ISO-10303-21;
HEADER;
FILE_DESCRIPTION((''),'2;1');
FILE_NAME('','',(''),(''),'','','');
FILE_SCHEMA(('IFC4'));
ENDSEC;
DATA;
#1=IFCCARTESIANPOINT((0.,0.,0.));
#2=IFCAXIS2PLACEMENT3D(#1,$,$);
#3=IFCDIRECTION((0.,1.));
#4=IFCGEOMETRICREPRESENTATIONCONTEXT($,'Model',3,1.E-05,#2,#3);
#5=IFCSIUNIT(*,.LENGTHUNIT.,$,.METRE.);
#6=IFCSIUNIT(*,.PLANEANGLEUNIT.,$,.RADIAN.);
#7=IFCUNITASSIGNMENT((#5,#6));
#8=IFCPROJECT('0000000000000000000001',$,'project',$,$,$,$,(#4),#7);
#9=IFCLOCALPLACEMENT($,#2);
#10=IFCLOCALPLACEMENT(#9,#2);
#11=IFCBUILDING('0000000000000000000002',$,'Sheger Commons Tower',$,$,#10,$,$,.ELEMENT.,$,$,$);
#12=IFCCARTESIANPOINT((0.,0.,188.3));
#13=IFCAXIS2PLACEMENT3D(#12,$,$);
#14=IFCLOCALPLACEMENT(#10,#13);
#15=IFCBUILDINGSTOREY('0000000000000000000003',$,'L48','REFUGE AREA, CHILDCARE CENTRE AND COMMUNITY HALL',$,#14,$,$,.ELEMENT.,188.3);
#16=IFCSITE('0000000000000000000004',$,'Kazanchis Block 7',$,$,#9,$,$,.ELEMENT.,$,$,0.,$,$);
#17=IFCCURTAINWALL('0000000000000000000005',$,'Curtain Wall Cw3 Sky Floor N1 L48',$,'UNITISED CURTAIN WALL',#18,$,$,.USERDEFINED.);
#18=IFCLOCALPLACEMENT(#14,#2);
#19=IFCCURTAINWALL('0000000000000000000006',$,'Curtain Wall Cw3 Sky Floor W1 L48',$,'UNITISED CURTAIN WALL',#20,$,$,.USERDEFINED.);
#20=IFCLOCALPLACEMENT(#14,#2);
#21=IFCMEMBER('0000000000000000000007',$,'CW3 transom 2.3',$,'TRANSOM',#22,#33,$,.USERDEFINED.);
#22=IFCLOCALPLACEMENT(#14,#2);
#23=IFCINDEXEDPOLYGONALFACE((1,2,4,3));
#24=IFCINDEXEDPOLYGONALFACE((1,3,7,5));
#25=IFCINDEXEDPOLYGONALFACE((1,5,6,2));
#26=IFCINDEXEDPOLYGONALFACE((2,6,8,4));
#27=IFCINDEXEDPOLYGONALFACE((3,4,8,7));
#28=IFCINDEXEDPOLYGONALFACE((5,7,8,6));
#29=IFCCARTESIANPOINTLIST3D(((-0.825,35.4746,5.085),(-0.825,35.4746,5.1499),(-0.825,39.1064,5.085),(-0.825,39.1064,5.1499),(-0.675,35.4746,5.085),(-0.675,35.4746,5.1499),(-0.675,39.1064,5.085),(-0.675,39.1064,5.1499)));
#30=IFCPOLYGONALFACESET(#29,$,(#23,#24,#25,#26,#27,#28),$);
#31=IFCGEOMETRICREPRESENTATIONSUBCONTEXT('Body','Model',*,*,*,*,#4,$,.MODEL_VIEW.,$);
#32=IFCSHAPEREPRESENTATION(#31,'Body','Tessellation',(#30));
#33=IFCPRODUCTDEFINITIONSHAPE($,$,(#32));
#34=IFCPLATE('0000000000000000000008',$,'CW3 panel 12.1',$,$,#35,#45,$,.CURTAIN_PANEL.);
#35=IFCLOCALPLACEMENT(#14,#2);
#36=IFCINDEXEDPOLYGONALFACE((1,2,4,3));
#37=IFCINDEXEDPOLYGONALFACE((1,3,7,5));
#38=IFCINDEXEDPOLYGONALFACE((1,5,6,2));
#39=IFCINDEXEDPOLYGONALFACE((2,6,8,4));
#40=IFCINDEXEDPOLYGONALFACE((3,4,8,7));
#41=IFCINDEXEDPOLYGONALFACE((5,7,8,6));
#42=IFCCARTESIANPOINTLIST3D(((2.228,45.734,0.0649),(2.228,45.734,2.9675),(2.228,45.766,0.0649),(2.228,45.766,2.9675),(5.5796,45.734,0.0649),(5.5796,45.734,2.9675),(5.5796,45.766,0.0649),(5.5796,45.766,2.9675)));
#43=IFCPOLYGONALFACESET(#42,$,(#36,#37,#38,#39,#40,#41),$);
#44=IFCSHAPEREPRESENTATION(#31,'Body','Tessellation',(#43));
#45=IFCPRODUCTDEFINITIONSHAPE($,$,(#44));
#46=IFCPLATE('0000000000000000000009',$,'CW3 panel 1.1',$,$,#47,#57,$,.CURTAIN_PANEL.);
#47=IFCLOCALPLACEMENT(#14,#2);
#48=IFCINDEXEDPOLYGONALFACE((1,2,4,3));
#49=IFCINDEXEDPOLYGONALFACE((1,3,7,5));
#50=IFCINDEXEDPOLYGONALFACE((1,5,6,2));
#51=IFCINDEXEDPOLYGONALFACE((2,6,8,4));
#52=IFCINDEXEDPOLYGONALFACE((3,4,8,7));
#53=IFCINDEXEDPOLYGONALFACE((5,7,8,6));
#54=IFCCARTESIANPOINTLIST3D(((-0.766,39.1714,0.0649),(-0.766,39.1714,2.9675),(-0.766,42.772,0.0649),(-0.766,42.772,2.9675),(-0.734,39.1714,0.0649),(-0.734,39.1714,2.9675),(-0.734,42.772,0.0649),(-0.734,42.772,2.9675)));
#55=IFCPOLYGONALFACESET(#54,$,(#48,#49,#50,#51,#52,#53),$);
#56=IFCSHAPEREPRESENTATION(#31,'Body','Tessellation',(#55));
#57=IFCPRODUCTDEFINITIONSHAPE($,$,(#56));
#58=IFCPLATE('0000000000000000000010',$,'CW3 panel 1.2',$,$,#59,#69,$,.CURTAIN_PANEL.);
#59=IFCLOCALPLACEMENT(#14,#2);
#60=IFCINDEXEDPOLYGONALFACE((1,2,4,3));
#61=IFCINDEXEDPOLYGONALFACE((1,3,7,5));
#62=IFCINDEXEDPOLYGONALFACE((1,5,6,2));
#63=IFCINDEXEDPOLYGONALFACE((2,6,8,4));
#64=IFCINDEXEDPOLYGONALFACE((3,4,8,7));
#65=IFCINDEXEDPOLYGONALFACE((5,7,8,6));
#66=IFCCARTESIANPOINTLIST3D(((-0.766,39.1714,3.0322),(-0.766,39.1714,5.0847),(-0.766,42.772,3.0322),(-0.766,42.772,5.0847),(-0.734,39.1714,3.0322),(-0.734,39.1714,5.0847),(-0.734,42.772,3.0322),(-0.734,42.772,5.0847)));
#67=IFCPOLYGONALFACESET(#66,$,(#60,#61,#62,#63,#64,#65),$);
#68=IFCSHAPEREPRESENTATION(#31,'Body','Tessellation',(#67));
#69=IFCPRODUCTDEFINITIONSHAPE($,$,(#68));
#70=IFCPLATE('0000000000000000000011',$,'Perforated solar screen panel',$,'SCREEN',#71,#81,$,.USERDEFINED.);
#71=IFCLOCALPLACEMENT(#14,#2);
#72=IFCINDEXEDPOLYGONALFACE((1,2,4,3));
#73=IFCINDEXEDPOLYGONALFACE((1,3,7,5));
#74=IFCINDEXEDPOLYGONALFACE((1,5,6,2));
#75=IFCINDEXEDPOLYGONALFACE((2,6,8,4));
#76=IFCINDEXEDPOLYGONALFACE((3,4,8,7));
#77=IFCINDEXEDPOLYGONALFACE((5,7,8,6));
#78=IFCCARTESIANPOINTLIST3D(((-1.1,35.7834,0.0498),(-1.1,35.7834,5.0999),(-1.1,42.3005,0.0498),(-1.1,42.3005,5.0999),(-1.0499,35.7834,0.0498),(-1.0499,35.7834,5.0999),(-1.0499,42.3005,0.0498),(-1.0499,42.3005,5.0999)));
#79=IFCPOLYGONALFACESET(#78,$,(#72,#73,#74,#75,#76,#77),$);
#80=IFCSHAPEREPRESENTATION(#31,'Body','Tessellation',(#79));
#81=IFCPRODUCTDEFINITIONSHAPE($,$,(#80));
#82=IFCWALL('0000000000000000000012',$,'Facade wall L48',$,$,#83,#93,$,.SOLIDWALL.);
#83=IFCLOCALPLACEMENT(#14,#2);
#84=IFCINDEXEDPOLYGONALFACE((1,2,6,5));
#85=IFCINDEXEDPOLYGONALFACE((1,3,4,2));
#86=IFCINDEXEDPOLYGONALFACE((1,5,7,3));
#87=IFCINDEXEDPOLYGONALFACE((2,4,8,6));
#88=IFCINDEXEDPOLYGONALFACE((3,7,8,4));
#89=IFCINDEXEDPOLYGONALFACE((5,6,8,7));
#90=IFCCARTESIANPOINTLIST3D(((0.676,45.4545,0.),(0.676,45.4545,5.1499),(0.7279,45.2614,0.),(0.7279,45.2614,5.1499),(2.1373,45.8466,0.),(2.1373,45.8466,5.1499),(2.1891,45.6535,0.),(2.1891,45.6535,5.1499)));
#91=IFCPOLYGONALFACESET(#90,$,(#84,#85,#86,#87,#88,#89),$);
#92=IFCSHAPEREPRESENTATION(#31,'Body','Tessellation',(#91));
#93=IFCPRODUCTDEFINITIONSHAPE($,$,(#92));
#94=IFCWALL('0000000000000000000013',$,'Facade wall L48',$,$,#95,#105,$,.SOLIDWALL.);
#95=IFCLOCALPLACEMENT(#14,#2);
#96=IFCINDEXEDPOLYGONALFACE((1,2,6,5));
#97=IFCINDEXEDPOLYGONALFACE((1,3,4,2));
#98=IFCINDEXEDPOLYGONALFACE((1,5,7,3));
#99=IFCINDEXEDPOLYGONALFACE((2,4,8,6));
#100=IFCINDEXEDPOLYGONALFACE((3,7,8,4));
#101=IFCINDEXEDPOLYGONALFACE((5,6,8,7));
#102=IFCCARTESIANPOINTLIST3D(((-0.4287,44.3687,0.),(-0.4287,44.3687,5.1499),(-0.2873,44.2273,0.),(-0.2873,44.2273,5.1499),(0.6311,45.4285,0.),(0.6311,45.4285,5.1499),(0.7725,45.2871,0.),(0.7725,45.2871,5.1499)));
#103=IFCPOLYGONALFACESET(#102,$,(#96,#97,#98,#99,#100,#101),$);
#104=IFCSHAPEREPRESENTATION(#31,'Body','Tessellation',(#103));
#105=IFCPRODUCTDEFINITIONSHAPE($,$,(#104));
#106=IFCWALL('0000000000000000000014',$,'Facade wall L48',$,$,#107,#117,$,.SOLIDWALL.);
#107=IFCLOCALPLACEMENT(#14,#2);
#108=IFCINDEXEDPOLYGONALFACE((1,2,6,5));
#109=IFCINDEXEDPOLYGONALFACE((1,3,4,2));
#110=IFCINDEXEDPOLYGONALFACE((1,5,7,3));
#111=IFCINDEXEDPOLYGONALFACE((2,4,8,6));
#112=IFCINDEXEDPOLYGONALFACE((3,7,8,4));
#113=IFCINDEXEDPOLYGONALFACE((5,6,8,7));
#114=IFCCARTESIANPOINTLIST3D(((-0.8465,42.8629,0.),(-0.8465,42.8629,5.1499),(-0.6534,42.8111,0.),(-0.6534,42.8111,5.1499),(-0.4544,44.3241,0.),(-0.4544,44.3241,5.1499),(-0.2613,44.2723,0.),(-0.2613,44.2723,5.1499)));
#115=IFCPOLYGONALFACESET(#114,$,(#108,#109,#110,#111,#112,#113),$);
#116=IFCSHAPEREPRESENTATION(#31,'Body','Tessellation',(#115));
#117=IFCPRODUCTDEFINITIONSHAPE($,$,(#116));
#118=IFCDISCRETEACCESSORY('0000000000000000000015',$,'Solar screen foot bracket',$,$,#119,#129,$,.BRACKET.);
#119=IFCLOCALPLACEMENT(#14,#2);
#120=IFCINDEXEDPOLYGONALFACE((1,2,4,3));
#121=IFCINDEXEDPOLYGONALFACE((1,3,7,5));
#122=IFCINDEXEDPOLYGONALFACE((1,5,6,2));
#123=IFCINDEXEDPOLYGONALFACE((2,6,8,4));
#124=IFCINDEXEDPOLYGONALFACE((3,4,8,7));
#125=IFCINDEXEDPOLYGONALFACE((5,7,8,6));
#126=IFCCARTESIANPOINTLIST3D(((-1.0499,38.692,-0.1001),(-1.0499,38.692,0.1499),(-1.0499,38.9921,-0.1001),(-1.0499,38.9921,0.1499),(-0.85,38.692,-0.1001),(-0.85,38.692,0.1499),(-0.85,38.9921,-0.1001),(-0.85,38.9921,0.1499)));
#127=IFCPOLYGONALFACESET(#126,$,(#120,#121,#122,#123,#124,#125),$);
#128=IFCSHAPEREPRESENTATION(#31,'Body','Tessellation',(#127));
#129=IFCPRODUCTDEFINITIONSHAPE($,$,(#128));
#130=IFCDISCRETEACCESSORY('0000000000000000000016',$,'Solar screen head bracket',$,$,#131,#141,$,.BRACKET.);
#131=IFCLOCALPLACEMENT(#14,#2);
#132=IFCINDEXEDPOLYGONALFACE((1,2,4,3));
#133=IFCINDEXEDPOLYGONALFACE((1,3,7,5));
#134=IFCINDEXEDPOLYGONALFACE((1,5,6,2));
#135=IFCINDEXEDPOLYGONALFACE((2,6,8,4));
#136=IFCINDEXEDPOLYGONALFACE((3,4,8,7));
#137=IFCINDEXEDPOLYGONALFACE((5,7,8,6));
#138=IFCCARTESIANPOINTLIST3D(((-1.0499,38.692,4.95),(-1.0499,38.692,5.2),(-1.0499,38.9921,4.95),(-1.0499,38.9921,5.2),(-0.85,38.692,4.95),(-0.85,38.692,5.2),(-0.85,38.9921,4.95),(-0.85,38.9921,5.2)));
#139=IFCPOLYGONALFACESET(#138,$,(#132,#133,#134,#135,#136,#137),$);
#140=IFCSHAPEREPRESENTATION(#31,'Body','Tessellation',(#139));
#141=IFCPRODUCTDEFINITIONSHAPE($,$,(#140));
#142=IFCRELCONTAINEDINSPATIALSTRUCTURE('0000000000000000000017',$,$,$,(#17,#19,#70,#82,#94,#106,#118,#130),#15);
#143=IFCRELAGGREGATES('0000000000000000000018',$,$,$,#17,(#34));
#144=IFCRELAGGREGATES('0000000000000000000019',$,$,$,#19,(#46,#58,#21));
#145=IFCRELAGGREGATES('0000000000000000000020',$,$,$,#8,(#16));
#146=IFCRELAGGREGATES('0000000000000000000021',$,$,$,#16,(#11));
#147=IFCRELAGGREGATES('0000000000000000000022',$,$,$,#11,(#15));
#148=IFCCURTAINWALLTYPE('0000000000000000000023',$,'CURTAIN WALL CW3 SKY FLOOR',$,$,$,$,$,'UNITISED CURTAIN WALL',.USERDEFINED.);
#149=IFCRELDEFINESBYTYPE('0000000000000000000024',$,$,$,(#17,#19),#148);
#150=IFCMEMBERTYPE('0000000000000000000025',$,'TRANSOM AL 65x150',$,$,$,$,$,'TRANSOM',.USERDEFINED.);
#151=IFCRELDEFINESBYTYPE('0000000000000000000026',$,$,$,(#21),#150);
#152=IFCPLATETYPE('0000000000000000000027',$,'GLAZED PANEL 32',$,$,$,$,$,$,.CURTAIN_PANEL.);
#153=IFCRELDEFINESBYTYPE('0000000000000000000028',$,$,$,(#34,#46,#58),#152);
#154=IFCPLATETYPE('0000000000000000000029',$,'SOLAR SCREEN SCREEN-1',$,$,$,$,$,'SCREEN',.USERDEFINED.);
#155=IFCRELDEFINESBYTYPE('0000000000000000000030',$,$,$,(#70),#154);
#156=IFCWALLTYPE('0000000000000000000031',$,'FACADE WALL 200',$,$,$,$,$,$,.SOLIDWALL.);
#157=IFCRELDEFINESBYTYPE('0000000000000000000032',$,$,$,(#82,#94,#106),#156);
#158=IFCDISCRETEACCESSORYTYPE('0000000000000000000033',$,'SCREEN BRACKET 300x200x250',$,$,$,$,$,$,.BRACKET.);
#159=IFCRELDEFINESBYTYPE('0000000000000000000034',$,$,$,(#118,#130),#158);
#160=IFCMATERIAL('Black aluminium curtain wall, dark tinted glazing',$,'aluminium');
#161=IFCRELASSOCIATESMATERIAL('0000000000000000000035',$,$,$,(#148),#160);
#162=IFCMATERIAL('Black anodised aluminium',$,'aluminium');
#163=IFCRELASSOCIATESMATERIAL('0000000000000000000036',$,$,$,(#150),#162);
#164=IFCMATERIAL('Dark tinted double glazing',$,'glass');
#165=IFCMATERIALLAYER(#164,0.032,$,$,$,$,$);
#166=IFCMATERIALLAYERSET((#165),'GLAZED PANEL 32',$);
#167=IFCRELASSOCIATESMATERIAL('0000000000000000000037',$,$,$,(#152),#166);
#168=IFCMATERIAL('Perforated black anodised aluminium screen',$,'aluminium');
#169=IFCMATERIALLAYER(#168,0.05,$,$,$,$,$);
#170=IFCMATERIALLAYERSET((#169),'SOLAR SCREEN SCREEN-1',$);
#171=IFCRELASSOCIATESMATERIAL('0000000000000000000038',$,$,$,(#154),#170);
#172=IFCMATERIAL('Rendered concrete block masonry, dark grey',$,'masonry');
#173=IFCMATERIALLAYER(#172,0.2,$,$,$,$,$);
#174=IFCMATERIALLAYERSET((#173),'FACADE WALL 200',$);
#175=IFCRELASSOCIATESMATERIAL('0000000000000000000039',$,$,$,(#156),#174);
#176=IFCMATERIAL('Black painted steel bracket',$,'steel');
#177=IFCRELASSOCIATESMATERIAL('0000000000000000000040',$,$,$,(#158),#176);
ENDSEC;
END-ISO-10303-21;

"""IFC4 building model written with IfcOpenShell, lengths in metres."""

from ifc_helpers import new_model, si_unit, direction, frame, frame_2d, origin, origin_2d, place, context, subcontext, project, spatial, rectangle, extrude, material, layer, layer_set, material_profile, profile_set, type_object, element, aggregate, save


model = new_model("IFC4")

# Units and contexts
model_context = context("Model", 3, precision=1e-05, world=origin(), true_north=direction((0.0, 1.0)))
body_context = subcontext(model_context, "Body", "Model", "MODEL_VIEW")
ifc_project = project(units=[si_unit("LENGTHUNIT", "METRE"), si_unit("PLANEANGLEUNIT", "RADIAN")], contexts=[model_context])

# Site, building, storey
site_placement = place(None, origin())
site = spatial("IfcSite", under=ifc_project, at=site_placement, Name="Kazanchis Block 7", CompositionType="ELEMENT", RefElevation=0.0)
building_placement = place(site_placement, origin())
building = spatial("IfcBuilding", under=site, at=building_placement, Name="Sheger Commons Tower", CompositionType="ELEMENT")
storey_placement = place(building_placement, frame((0.0, 0.0, 188.3)))
storey = spatial("IfcBuildingStorey", under=building, at=storey_placement, Name="L48", Description="REFUGE AREA, CHILDCARE CENTRE AND COMMUNITY HALL", CompositionType="ELEMENT", Elevation=188.3)

# Curtain wall
ifc_material_1 = material(Name="Black aluminium curtain wall, dark tinted glazing", Category="aluminium")
curtain_wall_type = type_object("IfcCurtainWallType", Name="CURTAIN WALL CW3 SKY FLOOR", ElementType="UNITISED CURTAIN WALL", PredefinedType="USERDEFINED", material=ifc_material_1)
curtain_wall_1_placement = place(storey_placement, origin())
curtain_wall_1 = element("IfcCurtainWall", 1, at=curtain_wall_1_placement, inside=storey, type_object=curtain_wall_type, Name="Curtain Wall Cw3 Sky Floor N1 L48", ObjectType="UNITISED CURTAIN WALL", PredefinedType="USERDEFINED")

# Curtain wall
curtain_wall_2_placement = place(storey_placement, origin())
curtain_wall_2 = element("IfcCurtainWall", 2, at=curtain_wall_2_placement, inside=storey, type_object=curtain_wall_type, Name="Curtain Wall Cw3 Sky Floor W1 L48", ObjectType="UNITISED CURTAIN WALL", PredefinedType="USERDEFINED")

# Member
ifc_material_2 = material(Name="Black anodised aluminium", Category="aluminium")
ifc_material_profile_1 = material_profile(ifc_material_2, rectangle(XDim=0.1499, YDim=0.0649, at=origin_2d()), Name="AL 65x150")
ifc_profile_set_1 = profile_set([ifc_material_profile_1], Name="Black anodised aluminium")
member_type_1 = type_object("IfcMemberType", Name="TRANSOM AL 65x150", ElementType="TRANSOM", PredefinedType="USERDEFINED", material=ifc_profile_set_1)
member_1_placement = place(storey_placement, frame((-0.75, 39.1064, 5.1174), z_axis=(0.0, -1.0, 0.0), x_axis=(1.0, 0.0, 0.0)))
member_1 = element("IfcMember", 3, at=member_1_placement, type_object=member_type_1, Name="CW3 transom 2.3", ObjectType="TRANSOM", PredefinedType="USERDEFINED", context=body_context, shape_type="SweptSolid", body=[
    extrude(rectangle(XDim=0.1499, YDim=0.0649, at=origin_2d()), origin(), (0.0, 0.0, 1.0), 3.6318),
])

# Plates
ifc_material_3 = material(Name="Dark tinted double glazing", Category="glass")
ifc_layer_1 = layer(ifc_material_3, 0.032)
ifc_layer_set_1 = layer_set([ifc_layer_1], Name="GLAZED PANEL 32")
plate_type_1 = type_object("IfcPlateType", Name="GLAZED PANEL 32", PredefinedType="CURTAIN_PANEL", material=ifc_layer_set_1)
plate_1_placement = place(storey_placement, frame((3.9038, 45.75, 0.0649), z_axis=(0.0, 0.0, 1.0), x_axis=(-1.0, 0.0, 0.0)))
plate_1 = element("IfcPlate", 4, at=plate_1_placement, type_object=plate_type_1, Name="CW3 panel 12.1", PredefinedType="CURTAIN_PANEL", context=body_context, shape_type="SweptSolid", body=[
    extrude(rectangle(XDim=3.3516, YDim=0.032, at=origin_2d()), origin(), (0.0, 0.0, 1.0), 2.9026),
])
aggregate(curtain_wall_1, [plate_1])
plate_2_placement = place(storey_placement, frame((-0.75, 40.9717, 0.0649), z_axis=(0.0, 0.0, 1.0), x_axis=(0.0, -1.0, 0.0)))
plate_2 = element("IfcPlate", 5, at=plate_2_placement, type_object=plate_type_1, Name="CW3 panel 1.1", PredefinedType="CURTAIN_PANEL", context=body_context, shape_type="SweptSolid", body=[
    extrude(rectangle(XDim=3.6006, YDim=0.032, at=origin_2d()), origin(), (0.0, 0.0, 1.0), 2.9026),
])
plate_3_placement = place(storey_placement, frame((-0.75, 40.9717, 3.0322), z_axis=(0.0, 0.0, 1.0), x_axis=(0.0, -1.0, 0.0)))
plate_3 = element("IfcPlate", 6, at=plate_3_placement, type_object=plate_type_1, Name="CW3 panel 1.2", PredefinedType="CURTAIN_PANEL", context=body_context, shape_type="SweptSolid", body=[
    extrude(rectangle(XDim=3.6006, YDim=0.032, at=origin_2d()), origin(), (0.0, 0.0, 1.0), 2.0525),
])
aggregate(curtain_wall_2, [plate_2, plate_3, member_1])
ifc_material_4 = material(Name="Perforated black anodised aluminium screen", Category="aluminium")
ifc_layer_2 = layer(ifc_material_4, 0.05)
ifc_layer_set_2 = layer_set([ifc_layer_2], Name="SOLAR SCREEN SCREEN-1")
plate_type_2 = type_object("IfcPlateType", Name="SOLAR SCREEN SCREEN-1", ElementType="SCREEN", PredefinedType="USERDEFINED", material=ifc_layer_set_2)
plate_4_placement = place(storey_placement, frame((-1.075, 39.042, 0.0498), z_axis=(0.0, 0.0, 1.0), x_axis=(0.0, -1.0, 0.0)))
element("IfcPlate", 7, at=plate_4_placement, inside=storey, type_object=plate_type_2, Name="Perforated solar screen panel", ObjectType="SCREEN", PredefinedType="USERDEFINED", context=body_context, shape_type="SweptSolid", body=[
    extrude(rectangle(XDim=6.5171, YDim=0.05, at=origin_2d()), origin(), (0.0, 0.0, 1.0), 5.05),
])

# Walls
ifc_material_5 = material(Name="Rendered concrete block masonry, dark grey", Category="masonry")
ifc_layer_3 = layer(ifc_material_5, 0.2)
ifc_layer_set_3 = layer_set([ifc_layer_3], Name="FACADE WALL 200")
wall_type = type_object("IfcWallType", Name="FACADE WALL 200", PredefinedType="SOLIDWALL", material=ifc_layer_set_3)
wall_1_placement = place(storey_placement, frame((2.1631, 45.75, 0.0), z_axis=(0.0, 0.0, 1.0), x_axis=(-0.965832, -0.259169, 0.0)))
element("IfcWall", 8, at=wall_1_placement, inside=storey, type_object=wall_type, Name="Facade wall L48", PredefinedType="SOLIDWALL", context=body_context, shape_type="SweptSolid", body=[
    extrude(rectangle(XDim=1.5129, YDim=0.2, at=frame_2d((0.7563, 0.0))), origin(), (0.0, 0.0, 1.0), 5.1499),
])
wall_2_placement = place(storey_placement, frame((0.7019, 45.3579, 0.0), z_axis=(0.0, 0.0, 1.0), x_axis=(-0.707107, -0.707107, 0.0)))
element("IfcWall", 9, at=wall_2_placement, inside=storey, type_object=wall_type, Name="Facade wall L48", PredefinedType="SOLIDWALL", context=body_context, shape_type="SweptSolid", body=[
    extrude(rectangle(XDim=1.4988, YDim=0.2, at=frame_2d((0.7495, 0.0))), origin(), (0.0, 0.0, 1.0), 5.1499),
])
wall_3_placement = place(storey_placement, frame((-0.3579, 44.2981, 0.0), z_axis=(0.0, 0.0, 1.0), x_axis=(-0.259169, -0.965832, 0.0)))
element("IfcWall", 10, at=wall_3_placement, inside=storey, type_object=wall_type, Name="Facade wall L48", PredefinedType="SOLIDWALL", context=body_context, shape_type="SweptSolid", body=[
    extrude(rectangle(XDim=1.5129, YDim=0.2, at=frame_2d((0.7563, 0.0))), origin(), (0.0, 0.0, 1.0), 5.1499),
])

# Discrete accessories
ifc_material_6 = material(Name="Black painted steel bracket", Category="steel")
discrete_accessory_type = type_object("IfcDiscreteAccessoryType", Name="SCREEN BRACKET 300x200x250", PredefinedType="BRACKET", material=ifc_material_6)
for number, where, z_axis, x_axis, name in (
    (11, (-0.95, 38.842, -0.1001), (0.0, 0.0, 1.0), (0.0, -1.0, 0.0), "Solar screen foot bracket"),
    (12, (-0.95, 38.842, 4.95), (0.0, 0.0, 1.0), (0.0, -1.0, 0.0), "Solar screen head bracket"),
):
    element("IfcDiscreteAccessory", number, at=place(storey_placement, frame(where, z_axis=z_axis, x_axis=x_axis)), inside=storey, type_object=discrete_accessory_type, Name=name, PredefinedType="BRACKET", context=body_context, shape_type="SweptSolid", body=[
        extrude(rectangle(XDim=0.3, YDim=0.2, at=origin_2d()), origin(), (0.0, 0.0, 1.0), 0.25),
    ])

save(model, "model.ifc")
